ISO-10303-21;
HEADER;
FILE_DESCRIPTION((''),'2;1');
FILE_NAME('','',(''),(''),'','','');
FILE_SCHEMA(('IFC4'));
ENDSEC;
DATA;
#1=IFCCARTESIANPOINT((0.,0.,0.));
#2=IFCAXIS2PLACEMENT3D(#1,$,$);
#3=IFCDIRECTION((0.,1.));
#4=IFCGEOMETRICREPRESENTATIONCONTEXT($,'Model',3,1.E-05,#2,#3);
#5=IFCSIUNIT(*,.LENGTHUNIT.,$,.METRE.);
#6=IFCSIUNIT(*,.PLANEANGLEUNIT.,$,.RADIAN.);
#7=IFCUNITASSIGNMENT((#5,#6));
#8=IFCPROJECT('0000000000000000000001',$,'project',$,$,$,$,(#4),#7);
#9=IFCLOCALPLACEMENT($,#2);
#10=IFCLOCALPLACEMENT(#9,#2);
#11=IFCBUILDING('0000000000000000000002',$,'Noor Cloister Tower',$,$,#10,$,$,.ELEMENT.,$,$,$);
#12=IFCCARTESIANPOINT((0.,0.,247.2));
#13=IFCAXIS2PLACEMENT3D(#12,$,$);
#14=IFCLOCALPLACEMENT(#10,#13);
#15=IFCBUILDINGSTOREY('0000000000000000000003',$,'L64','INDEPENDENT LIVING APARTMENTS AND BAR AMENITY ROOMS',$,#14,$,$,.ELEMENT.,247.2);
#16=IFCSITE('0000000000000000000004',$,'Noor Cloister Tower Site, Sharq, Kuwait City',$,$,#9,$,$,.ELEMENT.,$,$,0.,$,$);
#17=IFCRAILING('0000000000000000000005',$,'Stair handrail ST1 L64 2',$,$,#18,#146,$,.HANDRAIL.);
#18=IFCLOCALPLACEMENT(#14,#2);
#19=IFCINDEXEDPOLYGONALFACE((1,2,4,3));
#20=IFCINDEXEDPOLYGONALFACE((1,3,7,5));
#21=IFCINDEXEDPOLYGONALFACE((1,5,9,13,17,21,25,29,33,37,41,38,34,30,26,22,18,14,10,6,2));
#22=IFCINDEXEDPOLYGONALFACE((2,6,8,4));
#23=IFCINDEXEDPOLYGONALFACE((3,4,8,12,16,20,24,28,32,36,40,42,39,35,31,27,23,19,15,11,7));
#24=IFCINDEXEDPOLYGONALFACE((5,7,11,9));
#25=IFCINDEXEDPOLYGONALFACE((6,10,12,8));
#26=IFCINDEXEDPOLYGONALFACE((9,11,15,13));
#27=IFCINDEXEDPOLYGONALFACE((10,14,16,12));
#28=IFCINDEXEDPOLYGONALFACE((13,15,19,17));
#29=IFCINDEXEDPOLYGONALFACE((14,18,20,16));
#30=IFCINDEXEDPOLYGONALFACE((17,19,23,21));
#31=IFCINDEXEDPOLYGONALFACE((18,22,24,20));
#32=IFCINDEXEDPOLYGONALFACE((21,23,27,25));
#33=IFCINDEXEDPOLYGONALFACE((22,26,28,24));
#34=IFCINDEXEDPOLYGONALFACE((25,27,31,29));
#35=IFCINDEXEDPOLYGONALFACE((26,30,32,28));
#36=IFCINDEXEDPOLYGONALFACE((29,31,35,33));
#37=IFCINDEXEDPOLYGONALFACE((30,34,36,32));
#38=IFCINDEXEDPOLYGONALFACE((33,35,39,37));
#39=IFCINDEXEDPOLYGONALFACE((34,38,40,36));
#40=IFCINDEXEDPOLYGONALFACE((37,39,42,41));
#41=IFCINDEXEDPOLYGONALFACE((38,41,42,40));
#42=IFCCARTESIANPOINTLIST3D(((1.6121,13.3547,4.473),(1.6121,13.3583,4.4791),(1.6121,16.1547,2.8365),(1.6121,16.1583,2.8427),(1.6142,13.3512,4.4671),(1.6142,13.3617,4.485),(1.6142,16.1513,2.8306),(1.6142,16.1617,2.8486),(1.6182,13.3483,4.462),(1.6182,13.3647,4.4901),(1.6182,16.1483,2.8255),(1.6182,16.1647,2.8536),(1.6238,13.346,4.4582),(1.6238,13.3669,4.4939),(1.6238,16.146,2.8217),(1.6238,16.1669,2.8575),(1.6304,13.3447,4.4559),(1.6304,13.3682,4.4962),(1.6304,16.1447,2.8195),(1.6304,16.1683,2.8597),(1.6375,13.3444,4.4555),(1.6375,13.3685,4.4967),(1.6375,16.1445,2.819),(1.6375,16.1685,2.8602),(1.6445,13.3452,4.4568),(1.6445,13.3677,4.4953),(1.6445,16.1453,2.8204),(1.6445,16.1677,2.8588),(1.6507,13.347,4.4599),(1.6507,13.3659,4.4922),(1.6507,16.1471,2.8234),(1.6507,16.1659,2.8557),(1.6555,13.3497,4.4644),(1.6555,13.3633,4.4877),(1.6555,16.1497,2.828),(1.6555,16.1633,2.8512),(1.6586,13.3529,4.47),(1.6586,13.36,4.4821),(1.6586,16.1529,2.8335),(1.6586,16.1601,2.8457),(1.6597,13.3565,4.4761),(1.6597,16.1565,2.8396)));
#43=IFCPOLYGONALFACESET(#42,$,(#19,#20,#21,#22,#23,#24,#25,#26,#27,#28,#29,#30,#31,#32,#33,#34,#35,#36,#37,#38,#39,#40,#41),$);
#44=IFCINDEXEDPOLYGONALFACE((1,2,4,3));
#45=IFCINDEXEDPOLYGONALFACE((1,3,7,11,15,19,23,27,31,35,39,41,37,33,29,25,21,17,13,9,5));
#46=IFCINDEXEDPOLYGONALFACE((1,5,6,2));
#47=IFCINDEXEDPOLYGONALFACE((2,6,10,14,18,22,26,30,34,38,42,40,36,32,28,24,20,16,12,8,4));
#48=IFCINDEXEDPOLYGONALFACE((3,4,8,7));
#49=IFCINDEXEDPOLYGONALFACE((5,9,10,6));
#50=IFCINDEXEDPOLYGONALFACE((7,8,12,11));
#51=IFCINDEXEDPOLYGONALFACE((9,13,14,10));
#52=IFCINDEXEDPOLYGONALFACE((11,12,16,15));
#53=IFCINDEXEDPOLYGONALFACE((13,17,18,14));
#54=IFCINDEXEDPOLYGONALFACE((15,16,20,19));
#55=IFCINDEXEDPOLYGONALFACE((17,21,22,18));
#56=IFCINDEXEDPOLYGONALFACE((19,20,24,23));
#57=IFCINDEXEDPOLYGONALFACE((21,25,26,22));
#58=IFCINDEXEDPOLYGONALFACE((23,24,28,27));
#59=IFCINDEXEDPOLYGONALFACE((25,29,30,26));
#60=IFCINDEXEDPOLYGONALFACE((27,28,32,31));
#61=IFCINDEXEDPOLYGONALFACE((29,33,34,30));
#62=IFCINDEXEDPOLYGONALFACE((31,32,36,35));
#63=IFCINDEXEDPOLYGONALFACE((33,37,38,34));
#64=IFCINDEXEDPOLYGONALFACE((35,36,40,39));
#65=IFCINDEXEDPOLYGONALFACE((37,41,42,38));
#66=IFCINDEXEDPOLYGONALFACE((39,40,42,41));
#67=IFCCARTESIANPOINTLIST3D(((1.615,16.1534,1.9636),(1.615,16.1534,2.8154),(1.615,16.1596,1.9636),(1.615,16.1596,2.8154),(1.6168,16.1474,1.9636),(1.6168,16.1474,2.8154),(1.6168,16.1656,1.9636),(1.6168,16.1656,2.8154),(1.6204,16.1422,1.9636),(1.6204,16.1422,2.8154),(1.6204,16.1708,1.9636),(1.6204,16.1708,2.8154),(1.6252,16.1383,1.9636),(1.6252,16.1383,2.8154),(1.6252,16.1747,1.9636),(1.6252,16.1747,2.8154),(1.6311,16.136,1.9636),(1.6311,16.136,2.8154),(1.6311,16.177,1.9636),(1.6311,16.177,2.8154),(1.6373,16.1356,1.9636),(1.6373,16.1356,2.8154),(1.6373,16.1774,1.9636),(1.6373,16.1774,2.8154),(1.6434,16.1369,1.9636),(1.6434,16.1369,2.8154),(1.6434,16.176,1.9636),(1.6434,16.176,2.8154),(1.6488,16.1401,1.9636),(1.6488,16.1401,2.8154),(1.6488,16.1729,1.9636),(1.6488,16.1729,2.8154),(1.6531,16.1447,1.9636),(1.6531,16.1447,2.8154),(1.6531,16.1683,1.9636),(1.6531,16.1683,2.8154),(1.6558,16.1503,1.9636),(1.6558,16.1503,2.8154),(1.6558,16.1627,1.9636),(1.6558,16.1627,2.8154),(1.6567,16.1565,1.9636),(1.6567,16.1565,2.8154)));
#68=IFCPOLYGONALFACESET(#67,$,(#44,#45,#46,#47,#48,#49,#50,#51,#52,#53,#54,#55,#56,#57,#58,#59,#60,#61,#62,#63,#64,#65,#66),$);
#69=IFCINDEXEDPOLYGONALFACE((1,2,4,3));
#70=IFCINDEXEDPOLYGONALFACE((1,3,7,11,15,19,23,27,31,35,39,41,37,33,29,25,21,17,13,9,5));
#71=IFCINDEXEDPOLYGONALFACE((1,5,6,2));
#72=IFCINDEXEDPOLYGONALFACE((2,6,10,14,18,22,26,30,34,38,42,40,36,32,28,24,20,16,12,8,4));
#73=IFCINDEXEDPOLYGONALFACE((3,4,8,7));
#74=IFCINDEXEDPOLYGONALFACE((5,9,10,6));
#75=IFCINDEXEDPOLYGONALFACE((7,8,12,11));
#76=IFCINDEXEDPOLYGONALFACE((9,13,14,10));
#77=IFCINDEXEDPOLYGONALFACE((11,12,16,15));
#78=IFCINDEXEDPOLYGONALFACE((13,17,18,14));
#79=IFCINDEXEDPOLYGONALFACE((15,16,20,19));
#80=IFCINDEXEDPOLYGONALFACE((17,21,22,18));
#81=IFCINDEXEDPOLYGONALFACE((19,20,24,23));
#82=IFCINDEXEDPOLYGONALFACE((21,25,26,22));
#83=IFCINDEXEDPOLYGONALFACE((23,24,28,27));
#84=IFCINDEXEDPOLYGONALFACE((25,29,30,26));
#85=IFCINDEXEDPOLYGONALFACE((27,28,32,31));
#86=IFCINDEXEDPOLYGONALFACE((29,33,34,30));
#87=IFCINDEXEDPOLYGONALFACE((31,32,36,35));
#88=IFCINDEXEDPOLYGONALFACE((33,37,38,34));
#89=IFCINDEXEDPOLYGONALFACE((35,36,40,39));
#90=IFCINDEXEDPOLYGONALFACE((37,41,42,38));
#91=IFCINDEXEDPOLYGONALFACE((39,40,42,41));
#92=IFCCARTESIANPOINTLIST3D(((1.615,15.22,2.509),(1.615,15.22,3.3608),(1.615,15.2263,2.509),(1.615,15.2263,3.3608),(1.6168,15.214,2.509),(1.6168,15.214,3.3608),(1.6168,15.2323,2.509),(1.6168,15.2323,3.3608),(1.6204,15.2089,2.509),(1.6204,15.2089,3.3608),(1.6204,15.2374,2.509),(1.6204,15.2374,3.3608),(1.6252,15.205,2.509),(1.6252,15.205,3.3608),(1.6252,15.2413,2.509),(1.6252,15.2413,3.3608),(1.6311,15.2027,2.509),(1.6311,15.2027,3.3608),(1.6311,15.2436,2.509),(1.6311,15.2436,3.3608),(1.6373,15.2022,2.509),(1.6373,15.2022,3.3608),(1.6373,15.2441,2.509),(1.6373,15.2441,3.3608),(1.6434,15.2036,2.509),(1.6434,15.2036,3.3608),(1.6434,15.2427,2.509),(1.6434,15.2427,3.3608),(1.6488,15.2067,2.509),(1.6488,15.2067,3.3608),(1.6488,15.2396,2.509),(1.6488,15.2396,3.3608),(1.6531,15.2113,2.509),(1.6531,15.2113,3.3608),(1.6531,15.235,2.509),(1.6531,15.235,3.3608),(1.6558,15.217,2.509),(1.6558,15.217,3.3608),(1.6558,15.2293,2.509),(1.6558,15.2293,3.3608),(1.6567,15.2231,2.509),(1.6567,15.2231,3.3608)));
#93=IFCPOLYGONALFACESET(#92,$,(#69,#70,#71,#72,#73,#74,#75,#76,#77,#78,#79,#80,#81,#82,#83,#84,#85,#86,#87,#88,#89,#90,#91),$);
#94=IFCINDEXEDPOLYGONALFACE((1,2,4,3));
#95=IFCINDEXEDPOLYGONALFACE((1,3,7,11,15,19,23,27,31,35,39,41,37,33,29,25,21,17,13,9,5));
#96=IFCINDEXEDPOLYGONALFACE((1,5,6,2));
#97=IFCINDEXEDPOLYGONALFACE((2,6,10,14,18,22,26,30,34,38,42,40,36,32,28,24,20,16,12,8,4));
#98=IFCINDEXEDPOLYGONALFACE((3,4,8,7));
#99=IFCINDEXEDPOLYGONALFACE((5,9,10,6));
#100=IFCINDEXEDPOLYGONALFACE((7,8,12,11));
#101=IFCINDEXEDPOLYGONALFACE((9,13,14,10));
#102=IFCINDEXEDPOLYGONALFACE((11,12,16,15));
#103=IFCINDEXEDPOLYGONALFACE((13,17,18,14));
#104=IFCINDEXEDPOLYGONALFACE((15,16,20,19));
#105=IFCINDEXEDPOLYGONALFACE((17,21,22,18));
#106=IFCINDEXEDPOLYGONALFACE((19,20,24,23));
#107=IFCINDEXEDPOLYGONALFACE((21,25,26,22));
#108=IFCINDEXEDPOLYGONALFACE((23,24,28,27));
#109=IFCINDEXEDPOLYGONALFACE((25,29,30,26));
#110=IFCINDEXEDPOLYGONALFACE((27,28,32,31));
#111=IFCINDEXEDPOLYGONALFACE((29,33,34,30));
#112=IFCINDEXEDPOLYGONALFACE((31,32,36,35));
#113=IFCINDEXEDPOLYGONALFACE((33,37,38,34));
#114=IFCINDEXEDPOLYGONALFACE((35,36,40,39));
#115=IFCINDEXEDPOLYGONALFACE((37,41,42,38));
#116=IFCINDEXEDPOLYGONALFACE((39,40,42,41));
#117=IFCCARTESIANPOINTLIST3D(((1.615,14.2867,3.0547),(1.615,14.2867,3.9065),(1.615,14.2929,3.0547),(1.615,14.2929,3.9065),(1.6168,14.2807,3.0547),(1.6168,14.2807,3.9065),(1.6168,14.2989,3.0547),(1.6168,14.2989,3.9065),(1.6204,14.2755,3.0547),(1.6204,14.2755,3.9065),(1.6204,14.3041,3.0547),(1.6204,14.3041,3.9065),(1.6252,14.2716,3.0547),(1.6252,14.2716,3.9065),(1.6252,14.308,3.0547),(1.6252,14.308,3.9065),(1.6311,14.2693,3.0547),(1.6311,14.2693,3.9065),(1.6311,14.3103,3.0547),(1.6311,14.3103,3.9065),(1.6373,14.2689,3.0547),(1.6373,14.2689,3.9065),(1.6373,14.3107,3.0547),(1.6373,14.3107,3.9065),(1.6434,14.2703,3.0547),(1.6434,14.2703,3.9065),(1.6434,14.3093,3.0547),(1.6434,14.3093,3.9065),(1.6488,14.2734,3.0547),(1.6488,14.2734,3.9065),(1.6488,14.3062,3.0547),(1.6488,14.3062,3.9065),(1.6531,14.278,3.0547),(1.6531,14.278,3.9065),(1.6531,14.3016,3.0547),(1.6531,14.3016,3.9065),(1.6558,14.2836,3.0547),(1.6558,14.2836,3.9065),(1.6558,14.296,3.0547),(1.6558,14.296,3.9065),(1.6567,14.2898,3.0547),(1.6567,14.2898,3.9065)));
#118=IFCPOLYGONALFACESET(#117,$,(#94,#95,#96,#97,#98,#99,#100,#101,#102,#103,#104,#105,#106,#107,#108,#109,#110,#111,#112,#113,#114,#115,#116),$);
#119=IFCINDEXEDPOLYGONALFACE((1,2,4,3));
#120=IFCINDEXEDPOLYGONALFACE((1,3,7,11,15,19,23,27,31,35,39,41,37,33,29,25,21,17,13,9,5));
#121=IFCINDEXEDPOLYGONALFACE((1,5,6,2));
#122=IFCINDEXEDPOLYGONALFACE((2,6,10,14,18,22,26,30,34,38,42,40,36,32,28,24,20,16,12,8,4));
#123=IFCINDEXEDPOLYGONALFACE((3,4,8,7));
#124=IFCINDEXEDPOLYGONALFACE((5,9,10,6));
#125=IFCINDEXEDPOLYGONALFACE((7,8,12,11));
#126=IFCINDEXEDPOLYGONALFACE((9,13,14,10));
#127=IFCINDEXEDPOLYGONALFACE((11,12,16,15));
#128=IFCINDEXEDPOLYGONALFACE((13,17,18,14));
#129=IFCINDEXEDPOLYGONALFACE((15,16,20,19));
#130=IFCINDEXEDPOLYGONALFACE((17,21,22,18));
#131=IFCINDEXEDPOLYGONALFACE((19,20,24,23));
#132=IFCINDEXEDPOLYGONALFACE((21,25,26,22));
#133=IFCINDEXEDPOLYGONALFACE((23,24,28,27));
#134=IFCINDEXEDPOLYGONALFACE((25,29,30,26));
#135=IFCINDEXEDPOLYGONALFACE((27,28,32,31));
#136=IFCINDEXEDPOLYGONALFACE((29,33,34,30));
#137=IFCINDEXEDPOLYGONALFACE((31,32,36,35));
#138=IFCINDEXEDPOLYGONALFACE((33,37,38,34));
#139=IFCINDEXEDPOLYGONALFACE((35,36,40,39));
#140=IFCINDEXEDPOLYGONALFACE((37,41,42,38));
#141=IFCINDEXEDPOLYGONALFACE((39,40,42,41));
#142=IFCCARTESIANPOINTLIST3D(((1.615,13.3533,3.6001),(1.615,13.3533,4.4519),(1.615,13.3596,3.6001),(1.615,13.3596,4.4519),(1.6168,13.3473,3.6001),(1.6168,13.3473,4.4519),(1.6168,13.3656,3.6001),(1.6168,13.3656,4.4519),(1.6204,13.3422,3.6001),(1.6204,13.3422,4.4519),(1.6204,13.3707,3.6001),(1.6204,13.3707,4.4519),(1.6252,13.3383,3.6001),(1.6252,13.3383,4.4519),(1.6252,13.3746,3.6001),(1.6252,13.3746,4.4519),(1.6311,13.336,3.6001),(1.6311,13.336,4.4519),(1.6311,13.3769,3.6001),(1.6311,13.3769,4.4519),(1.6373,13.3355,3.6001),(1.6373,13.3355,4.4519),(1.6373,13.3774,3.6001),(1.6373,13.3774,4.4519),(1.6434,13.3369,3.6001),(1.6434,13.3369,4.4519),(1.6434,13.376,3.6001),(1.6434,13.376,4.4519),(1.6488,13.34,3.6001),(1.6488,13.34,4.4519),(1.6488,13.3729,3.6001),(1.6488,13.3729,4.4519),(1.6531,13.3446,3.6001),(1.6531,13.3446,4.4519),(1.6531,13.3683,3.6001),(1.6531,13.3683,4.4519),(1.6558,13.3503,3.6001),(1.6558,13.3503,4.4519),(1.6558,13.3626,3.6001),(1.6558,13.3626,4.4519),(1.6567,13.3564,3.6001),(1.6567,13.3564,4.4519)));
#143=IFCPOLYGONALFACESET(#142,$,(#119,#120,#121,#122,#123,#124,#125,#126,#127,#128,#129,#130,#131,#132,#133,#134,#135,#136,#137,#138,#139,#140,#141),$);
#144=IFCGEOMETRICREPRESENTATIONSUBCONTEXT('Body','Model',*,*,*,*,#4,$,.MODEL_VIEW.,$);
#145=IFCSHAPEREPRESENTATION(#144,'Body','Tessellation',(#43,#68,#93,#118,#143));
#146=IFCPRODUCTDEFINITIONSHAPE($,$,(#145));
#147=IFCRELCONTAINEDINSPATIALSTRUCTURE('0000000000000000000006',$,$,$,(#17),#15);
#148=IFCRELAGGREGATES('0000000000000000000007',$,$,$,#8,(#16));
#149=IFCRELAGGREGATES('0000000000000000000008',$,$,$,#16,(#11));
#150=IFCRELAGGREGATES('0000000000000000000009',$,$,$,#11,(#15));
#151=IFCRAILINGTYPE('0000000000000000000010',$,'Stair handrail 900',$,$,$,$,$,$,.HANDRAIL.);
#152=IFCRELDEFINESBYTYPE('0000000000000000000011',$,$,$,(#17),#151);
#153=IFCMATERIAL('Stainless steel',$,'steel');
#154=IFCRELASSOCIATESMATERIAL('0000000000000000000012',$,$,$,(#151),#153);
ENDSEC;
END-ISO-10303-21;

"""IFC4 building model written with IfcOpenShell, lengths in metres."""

from ifc_helpers import new_model, si_unit, direction, frame, origin, origin_2d, place, context, subcontext, project, spatial, circle, extrude, material, type_object, element, save


model = new_model("IFC4")

# Units and contexts
model_context = context("Model", 3, precision=1e-05, world=origin(), true_north=direction((0.0, 1.0)))
body_context = subcontext(model_context, "Body", "Model", "MODEL_VIEW")
ifc_project = project(units=[si_unit("LENGTHUNIT", "METRE"), si_unit("PLANEANGLEUNIT", "RADIAN")], contexts=[model_context])

# Site, building, storey
site_placement = place(None, origin())
site = spatial("IfcSite", under=ifc_project, at=site_placement, Name="Noor Cloister Tower Site, Sharq, Kuwait City", CompositionType="ELEMENT", RefElevation=0.0)
building_placement = place(site_placement, origin())
building = spatial("IfcBuilding", under=site, at=building_placement, Name="Noor Cloister Tower", CompositionType="ELEMENT")
storey_placement = place(building_placement, frame((0.0, 0.0, 247.2)))
storey = spatial("IfcBuildingStorey", under=building, at=storey_placement, Name="L64", Description="INDEPENDENT LIVING APARTMENTS AND BAR AMENITY ROOMS", CompositionType="ELEMENT", Elevation=247.2)

# Railing
ifc_material_1 = material(Name="Stainless steel", Category="steel")
railing_type_1 = type_object("IfcRailingType", Name="Stair handrail 900", PredefinedType="HANDRAIL", material=ifc_material_1)
railing_1_placement = place(storey_placement, frame((1.6357, 16.1565, 1.9636)))
element("IfcRailing", 1, at=railing_1_placement, inside=storey, type_object=railing_type_1, Name="Stair handrail ST1 L64 2", PredefinedType="HANDRAIL", context=body_context, shape_type="SweptSolid", body=[
    extrude(circle(Radius=0.0239, at=origin_2d()), frame((0.0, 0.0, 0.876), z_axis=(0.0, -0.863361, 0.504587), x_axis=(1.0, 0.0, 0.0)), (0.0, 0.0, 1.0), 3.2432),
    extrude(circle(Radius=0.021, at=origin_2d()), origin(), (0.0, 0.0, 1.0), 0.8518),
    extrude(circle(Radius=0.021, at=origin_2d()), frame((0.0, -0.9333, 0.5454)), (0.0, 0.0, 1.0), 0.8518),
    extrude(circle(Radius=0.021, at=origin_2d()), frame((0.0, -1.8667, 1.0911)), (0.0, 0.0, 1.0), 0.8518),
    extrude(circle(Radius=0.021, at=origin_2d()), frame((0.0, -2.8, 1.6365)), (0.0, 0.0, 1.0), 0.8518),
])

save(model, "model.ifc")
